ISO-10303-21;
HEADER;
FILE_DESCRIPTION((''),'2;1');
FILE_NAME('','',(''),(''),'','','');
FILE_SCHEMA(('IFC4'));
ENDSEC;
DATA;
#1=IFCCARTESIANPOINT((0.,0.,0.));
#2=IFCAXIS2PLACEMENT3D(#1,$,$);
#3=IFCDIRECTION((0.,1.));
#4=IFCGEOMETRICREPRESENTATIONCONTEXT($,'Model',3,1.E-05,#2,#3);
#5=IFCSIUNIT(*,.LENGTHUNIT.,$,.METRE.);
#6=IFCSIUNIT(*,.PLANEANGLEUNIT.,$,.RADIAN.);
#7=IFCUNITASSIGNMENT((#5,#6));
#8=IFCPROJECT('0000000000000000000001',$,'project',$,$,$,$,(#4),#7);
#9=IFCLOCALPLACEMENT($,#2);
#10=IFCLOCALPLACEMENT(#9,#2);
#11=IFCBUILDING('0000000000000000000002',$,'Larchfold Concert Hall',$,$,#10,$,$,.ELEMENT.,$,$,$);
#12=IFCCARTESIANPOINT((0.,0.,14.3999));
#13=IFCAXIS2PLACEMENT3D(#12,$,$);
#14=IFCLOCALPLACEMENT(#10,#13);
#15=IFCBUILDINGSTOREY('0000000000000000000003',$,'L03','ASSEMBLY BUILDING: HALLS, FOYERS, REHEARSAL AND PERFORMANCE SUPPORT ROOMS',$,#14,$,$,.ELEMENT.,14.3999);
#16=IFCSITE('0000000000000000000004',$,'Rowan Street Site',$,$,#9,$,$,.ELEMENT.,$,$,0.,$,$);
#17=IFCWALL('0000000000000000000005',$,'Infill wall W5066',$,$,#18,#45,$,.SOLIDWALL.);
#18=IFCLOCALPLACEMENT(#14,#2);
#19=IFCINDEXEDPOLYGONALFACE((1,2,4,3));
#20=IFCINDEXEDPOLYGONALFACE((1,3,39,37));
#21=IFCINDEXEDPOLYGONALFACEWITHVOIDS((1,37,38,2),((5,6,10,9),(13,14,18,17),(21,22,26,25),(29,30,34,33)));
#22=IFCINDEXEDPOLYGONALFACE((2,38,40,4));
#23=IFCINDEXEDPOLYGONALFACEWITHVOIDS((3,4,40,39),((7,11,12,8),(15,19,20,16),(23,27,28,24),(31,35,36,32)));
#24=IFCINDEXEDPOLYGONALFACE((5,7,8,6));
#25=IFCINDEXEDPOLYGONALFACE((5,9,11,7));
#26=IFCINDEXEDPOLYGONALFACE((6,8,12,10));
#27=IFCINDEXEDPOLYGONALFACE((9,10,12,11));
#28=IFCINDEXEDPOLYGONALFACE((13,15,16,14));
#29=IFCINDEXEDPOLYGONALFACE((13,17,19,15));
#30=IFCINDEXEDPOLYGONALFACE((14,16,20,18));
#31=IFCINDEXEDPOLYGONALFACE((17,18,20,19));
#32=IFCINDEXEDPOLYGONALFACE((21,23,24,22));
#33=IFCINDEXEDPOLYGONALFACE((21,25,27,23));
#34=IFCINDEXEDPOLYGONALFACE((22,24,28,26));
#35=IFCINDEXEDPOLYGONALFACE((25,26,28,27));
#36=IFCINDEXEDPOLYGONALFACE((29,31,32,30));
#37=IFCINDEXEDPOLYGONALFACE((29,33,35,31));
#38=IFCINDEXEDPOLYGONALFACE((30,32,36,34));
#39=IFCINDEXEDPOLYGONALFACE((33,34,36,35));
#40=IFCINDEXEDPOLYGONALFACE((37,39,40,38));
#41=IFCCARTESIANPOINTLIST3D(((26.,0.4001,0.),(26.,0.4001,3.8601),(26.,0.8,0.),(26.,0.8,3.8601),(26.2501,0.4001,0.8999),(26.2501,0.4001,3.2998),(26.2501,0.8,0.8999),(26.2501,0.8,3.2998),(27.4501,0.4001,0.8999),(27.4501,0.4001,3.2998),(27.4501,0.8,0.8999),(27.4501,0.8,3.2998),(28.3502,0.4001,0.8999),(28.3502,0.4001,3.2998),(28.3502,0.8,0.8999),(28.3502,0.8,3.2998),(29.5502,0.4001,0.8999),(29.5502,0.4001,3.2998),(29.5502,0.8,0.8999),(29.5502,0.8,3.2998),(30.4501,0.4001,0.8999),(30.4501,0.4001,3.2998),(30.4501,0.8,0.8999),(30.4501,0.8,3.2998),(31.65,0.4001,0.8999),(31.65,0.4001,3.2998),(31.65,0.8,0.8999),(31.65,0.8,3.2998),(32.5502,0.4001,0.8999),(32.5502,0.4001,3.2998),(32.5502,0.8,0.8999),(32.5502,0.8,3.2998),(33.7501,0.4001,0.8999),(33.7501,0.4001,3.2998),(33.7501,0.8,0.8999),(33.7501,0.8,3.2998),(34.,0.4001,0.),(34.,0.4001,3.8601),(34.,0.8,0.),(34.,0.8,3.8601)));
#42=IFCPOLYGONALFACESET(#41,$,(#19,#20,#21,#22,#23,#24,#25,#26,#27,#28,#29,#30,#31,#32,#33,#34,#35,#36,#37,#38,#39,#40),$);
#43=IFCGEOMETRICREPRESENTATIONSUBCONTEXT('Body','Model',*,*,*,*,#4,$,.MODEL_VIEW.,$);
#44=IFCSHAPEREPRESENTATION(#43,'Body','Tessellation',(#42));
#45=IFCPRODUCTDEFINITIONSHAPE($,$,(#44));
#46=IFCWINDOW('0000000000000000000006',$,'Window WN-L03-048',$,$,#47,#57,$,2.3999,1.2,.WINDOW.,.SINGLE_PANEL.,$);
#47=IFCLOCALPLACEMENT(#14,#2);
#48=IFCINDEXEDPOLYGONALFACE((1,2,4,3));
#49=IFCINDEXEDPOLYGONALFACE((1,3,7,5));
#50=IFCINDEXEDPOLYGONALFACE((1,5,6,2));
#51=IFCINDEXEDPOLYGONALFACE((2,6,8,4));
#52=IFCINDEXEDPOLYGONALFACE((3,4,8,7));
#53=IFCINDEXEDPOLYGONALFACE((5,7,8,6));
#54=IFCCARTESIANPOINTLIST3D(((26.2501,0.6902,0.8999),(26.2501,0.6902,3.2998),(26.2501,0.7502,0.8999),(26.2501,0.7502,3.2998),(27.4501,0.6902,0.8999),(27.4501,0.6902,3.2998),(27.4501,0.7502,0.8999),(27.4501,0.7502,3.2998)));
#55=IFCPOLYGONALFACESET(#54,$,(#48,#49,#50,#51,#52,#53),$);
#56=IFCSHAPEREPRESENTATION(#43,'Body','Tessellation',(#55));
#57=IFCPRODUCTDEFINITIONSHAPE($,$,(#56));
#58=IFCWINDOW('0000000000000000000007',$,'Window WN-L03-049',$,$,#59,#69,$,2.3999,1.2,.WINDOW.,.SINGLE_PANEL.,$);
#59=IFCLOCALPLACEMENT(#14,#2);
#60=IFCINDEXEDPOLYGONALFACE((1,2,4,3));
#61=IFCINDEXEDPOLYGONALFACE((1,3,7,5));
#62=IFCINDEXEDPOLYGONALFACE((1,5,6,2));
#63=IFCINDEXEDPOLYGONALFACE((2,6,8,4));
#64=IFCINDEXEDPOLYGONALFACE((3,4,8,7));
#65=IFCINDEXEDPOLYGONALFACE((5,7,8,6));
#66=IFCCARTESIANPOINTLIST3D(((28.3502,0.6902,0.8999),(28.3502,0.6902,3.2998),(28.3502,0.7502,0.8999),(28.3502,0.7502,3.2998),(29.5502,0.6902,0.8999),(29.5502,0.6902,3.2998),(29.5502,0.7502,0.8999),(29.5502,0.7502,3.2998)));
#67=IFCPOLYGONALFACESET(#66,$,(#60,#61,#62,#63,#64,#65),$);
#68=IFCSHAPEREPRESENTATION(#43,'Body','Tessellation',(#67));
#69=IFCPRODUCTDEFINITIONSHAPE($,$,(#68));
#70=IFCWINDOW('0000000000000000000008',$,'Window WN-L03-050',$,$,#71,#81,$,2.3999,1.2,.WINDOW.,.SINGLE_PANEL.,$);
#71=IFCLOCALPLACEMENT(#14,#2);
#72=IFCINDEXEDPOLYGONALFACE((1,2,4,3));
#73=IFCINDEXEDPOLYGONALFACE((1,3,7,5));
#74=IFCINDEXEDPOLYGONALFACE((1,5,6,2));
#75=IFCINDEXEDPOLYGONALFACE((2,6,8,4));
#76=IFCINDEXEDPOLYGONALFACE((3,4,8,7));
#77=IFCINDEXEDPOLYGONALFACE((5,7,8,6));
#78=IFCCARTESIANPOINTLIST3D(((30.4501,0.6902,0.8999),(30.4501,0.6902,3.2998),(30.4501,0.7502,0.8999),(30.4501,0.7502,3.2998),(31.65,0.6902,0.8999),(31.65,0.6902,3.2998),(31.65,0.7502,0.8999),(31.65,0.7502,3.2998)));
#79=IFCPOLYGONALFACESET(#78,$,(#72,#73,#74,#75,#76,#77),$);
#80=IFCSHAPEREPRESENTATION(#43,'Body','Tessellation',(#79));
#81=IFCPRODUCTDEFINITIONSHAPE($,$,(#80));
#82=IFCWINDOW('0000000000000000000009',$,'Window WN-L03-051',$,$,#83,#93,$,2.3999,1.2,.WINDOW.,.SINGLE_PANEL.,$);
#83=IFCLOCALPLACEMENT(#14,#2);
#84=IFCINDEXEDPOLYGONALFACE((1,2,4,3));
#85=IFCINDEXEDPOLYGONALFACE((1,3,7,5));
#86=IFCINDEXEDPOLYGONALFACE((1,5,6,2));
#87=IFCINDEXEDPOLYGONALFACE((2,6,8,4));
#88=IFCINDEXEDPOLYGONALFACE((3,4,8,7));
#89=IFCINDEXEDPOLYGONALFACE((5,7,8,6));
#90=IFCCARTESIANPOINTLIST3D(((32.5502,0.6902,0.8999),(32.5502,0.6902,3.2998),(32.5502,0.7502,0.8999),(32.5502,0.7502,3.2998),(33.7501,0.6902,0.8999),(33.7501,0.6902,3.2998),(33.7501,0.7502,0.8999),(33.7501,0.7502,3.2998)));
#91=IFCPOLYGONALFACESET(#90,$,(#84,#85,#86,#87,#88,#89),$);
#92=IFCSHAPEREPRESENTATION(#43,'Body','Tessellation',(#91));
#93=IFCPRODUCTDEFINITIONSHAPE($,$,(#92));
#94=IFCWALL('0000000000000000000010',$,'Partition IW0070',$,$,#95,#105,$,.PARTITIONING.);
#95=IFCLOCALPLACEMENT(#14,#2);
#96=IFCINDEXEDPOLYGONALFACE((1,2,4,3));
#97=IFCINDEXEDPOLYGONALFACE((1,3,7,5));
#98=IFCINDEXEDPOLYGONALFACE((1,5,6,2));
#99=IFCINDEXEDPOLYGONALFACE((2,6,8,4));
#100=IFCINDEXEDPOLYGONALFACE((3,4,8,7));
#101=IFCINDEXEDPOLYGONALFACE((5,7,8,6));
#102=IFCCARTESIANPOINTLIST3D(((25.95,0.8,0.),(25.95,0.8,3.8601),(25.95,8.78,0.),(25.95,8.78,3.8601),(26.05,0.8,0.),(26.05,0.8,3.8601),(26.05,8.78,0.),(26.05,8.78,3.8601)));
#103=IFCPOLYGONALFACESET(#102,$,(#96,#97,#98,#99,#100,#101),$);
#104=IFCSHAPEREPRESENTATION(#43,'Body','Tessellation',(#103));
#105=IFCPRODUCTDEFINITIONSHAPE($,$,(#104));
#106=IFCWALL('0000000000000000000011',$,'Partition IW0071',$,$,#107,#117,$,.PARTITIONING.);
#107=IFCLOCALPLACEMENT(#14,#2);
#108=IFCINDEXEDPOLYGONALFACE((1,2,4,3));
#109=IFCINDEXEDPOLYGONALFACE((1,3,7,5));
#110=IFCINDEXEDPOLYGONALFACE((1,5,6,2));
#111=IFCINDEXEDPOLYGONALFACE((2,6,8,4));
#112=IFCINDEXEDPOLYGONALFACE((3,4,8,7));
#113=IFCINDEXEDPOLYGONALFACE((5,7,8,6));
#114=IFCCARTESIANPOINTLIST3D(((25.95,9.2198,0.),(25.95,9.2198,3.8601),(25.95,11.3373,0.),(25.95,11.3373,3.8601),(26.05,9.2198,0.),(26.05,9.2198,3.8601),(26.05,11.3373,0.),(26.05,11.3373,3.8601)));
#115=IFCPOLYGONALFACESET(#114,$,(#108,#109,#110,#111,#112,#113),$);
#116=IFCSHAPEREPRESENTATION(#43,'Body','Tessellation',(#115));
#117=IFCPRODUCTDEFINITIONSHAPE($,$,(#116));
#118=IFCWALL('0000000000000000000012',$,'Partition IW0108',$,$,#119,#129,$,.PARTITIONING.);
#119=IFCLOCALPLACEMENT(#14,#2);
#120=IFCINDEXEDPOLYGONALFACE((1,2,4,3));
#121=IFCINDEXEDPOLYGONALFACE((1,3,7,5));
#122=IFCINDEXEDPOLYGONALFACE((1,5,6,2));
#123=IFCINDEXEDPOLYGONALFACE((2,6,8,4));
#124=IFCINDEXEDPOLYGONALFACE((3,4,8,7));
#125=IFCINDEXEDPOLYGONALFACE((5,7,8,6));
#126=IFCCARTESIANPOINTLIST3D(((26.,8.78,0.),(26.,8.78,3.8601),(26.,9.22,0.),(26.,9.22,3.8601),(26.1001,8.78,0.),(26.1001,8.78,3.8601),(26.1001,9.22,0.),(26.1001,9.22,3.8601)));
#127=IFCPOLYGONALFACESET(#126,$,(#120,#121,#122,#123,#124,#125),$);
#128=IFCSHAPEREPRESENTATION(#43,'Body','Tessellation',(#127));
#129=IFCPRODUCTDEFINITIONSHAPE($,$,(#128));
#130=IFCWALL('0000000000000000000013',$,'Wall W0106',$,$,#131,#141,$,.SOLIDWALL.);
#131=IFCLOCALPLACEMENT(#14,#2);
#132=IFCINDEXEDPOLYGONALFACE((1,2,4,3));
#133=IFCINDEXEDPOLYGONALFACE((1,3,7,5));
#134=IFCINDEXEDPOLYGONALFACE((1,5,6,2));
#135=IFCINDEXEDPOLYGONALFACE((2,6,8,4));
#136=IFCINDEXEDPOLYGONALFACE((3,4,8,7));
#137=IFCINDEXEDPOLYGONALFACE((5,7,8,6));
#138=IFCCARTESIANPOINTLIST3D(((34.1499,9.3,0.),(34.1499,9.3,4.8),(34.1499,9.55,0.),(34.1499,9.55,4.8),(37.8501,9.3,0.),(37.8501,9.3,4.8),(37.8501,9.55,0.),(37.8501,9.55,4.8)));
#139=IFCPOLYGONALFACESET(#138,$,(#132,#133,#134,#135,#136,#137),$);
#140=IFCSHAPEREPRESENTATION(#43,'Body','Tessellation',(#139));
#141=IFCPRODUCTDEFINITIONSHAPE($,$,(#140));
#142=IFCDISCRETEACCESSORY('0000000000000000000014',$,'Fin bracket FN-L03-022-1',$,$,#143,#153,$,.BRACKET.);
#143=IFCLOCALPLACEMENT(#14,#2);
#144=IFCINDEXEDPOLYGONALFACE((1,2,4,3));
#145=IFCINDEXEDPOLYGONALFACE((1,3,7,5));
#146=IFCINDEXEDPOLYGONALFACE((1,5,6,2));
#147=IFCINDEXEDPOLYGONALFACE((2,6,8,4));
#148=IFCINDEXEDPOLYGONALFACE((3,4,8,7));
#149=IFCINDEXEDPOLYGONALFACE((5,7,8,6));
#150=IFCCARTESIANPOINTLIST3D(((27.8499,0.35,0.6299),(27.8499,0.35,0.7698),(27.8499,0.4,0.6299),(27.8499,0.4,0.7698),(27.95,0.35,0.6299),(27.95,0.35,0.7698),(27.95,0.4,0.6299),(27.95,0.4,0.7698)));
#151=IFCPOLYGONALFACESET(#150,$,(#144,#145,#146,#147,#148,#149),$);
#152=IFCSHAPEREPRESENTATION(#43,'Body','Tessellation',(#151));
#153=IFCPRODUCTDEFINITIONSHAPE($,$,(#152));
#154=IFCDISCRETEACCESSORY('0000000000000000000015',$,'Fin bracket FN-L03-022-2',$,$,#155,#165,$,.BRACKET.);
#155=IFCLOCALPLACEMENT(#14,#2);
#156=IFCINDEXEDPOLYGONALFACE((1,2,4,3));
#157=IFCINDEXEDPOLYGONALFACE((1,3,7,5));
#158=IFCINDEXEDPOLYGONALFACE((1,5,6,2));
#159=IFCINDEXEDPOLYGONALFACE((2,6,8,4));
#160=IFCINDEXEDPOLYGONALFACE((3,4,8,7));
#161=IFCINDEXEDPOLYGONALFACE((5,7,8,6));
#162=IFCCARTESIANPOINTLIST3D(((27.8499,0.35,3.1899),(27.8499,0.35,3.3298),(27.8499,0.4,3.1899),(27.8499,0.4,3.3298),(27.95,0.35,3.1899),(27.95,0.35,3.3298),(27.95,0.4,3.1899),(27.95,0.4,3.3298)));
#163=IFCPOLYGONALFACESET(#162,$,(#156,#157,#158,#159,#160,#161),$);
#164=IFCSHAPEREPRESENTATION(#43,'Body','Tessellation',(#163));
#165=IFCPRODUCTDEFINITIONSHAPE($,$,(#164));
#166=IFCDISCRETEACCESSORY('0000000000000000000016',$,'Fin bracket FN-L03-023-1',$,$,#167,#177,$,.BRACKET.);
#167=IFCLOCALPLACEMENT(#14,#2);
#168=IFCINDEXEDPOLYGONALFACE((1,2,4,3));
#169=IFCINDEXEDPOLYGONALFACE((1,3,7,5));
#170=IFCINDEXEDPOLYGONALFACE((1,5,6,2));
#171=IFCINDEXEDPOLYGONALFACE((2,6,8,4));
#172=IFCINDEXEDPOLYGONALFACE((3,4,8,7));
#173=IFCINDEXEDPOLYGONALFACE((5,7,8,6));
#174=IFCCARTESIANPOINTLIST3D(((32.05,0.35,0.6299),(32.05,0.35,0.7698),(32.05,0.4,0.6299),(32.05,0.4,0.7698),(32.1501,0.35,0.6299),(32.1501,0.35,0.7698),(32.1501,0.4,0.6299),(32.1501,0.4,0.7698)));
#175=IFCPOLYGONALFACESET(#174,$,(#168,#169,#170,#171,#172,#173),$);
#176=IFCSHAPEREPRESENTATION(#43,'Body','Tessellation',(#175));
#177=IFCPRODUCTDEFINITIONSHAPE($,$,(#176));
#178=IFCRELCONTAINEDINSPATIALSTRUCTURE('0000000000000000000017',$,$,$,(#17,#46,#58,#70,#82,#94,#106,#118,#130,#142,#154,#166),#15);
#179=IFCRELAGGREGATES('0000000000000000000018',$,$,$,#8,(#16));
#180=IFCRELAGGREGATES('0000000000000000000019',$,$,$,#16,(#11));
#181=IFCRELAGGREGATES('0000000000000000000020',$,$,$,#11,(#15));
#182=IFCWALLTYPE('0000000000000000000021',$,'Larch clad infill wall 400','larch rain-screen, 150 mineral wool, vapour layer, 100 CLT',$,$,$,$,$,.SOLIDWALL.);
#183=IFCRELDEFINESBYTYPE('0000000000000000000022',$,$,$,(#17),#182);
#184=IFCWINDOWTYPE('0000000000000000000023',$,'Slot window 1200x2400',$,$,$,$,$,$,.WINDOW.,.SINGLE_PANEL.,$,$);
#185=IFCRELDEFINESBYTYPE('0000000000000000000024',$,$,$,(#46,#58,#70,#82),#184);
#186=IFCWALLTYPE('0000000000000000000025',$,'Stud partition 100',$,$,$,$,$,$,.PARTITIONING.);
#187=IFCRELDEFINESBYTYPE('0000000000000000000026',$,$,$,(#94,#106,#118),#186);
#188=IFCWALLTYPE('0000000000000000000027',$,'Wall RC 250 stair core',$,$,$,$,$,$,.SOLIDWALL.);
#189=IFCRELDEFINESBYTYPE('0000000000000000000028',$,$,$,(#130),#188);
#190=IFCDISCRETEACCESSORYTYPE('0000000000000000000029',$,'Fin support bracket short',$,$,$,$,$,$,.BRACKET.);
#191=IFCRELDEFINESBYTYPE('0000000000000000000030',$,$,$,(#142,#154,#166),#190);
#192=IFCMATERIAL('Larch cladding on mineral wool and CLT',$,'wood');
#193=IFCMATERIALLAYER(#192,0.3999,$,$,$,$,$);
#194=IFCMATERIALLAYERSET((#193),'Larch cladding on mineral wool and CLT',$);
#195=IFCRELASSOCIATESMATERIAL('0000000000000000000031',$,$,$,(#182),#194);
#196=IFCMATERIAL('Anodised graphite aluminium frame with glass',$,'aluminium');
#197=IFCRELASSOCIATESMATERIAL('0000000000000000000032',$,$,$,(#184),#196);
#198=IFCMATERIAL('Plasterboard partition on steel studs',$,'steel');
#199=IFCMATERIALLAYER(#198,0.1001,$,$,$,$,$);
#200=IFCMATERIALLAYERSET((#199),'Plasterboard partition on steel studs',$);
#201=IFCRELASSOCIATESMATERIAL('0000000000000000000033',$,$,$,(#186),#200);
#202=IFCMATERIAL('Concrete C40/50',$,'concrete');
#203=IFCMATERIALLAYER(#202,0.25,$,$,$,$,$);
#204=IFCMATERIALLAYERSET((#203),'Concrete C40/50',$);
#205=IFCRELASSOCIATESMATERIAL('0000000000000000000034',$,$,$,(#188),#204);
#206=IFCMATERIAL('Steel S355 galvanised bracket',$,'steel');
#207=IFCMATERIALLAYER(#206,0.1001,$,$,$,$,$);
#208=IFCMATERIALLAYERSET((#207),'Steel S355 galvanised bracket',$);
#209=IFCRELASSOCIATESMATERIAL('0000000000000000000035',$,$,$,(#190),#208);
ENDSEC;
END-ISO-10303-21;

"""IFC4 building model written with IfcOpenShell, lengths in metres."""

from ifc_helpers import new_model, si_unit, direction, frame, frame_2d, origin, origin_2d, place, context, subcontext, project, spatial, rectangle, extrude, material, layer, layer_set, type_object, element, fill, save


model = new_model("IFC4")

# Units and contexts
model_context = context("Model", 3, precision=1e-05, world=origin(), true_north=direction((0.0, 1.0)))
body_context = subcontext(model_context, "Body", "Model", "MODEL_VIEW")
ifc_project = project(units=[si_unit("LENGTHUNIT", "METRE"), si_unit("PLANEANGLEUNIT", "RADIAN")], contexts=[model_context])

# Site, building, storey
site_placement = place(None, origin())
site = spatial("IfcSite", under=ifc_project, at=site_placement, Name="Rowan Street Site", CompositionType="ELEMENT", RefElevation=0.0)
building_placement = place(site_placement, origin())
building = spatial("IfcBuilding", under=site, at=building_placement, Name="Larchfold Concert Hall", CompositionType="ELEMENT")
storey_placement = place(building_placement, frame((0.0, 0.0, 14.3999)))
storey = spatial("IfcBuildingStorey", under=building, at=storey_placement, Name="L03", Description="ASSEMBLY BUILDING: HALLS, FOYERS, REHEARSAL AND PERFORMANCE SUPPORT ROOMS", CompositionType="ELEMENT", Elevation=14.3999)

# Wall, openings, windows
ifc_material_1 = material(Name="Larch cladding on mineral wool and CLT", Category="wood")
ifc_layer_1 = layer(ifc_material_1, 0.3999)
ifc_layer_set_1 = layer_set([ifc_layer_1], Name="Larch cladding on mineral wool and CLT")
wall_type_1 = type_object("IfcWallType", Name="Larch clad infill wall 400", Description="larch rain-screen, 150 mineral wool, vapour layer, 100 CLT", PredefinedType="SOLIDWALL", material=ifc_layer_set_1)
wall_1_placement = place(storey_placement, frame((26.0, 0.6001, 0.0), z_axis=(0.0, 0.0, 1.0), x_axis=(1.0, 0.0, 0.0)))
wall_1 = element("IfcWall", 1, at=wall_1_placement, inside=storey, type_object=wall_type_1, Name="Infill wall W5066", PredefinedType="SOLIDWALL", context=body_context, shape_type="SweptSolid", body=[
    extrude(rectangle(XDim=8.0, YDim=0.3999, at=frame_2d((4.0, 0.0))), origin(), (0.0, 0.0, 1.0), 3.8601),
])
opening_1_placement = place(wall_1_placement, frame((0.25, 0.0, 0.8999)))
opening_1 = element("IfcOpeningElement", 2, at=opening_1_placement, cuts=wall_1, PredefinedType="OPENING", context=body_context, shape_type="SweptSolid", body=[
    extrude(rectangle(XDim=1.2, YDim=2.3999, at=frame_2d((0.6001, 1.2))), frame((0.0, 0.21, 0.0), z_axis=(0.0, -1.0, 0.0), x_axis=(1.0, 0.0, 0.0)), (0.0, 0.0, 1.0), 0.4199),
])
opening_2_placement = place(wall_1_placement, frame((2.3501, 0.0, 0.8999)))
opening_2 = element("IfcOpeningElement", 3, at=opening_2_placement, cuts=wall_1, PredefinedType="OPENING", context=body_context, shape_type="SweptSolid", body=[
    extrude(rectangle(XDim=1.2, YDim=2.3999, at=frame_2d((0.6001, 1.2))), frame((0.0, 0.21, 0.0), z_axis=(0.0, -1.0, 0.0), x_axis=(1.0, 0.0, 0.0)), (0.0, 0.0, 1.0), 0.4199),
])
opening_3_placement = place(wall_1_placement, frame((4.45, 0.0, 0.8999)))
opening_3 = element("IfcOpeningElement", 4, at=opening_3_placement, cuts=wall_1, PredefinedType="OPENING", context=body_context, shape_type="SweptSolid", body=[
    extrude(rectangle(XDim=1.2, YDim=2.3999, at=frame_2d((0.6001, 1.2))), frame((0.0, 0.21, 0.0), z_axis=(0.0, -1.0, 0.0), x_axis=(1.0, 0.0, 0.0)), (0.0, 0.0, 1.0), 0.4199),
])
opening_4_placement = place(wall_1_placement, frame((6.55, 0.0, 0.8999)))
opening_4 = element("IfcOpeningElement", 5, at=opening_4_placement, cuts=wall_1, PredefinedType="OPENING", context=body_context, shape_type="SweptSolid", body=[
    extrude(rectangle(XDim=1.2, YDim=2.3999, at=frame_2d((0.6001, 1.2))), frame((0.0, 0.21, 0.0), z_axis=(0.0, -1.0, 0.0), x_axis=(1.0, 0.0, 0.0)), (0.0, 0.0, 1.0), 0.4199),
])
ifc_material_2 = material(Name="Anodised graphite aluminium frame with glass", Category="aluminium")
window_type = type_object("IfcWindowType", Name="Slot window 1200x2400", PartitioningType="SINGLE_PANEL", PredefinedType="WINDOW", material=ifc_material_2)
window_1_placement = place(opening_1_placement, origin())
window_1 = element("IfcWindow", 6, at=window_1_placement, inside=storey, type_object=window_type, Name="Window WN-L03-048", OverallHeight=2.3999, OverallWidth=1.2, PartitioningType="SINGLE_PANEL", PredefinedType="WINDOW", context=body_context, shape_type="SweptSolid", body=[
    extrude(rectangle(XDim=1.2, YDim=2.3999, at=frame_2d((0.6001, 1.2))), frame((0.0, 0.1501, 0.0), z_axis=(0.0, -1.0, 0.0), x_axis=(1.0, 0.0, 0.0)), (0.0, 0.0, 1.0), 0.0601),
])
fill(opening_1, window_1)
window_2_placement = place(opening_2_placement, origin())
window_2 = element("IfcWindow", 7, at=window_2_placement, inside=storey, type_object=window_type, Name="Window WN-L03-049", OverallHeight=2.3999, OverallWidth=1.2, PartitioningType="SINGLE_PANEL", PredefinedType="WINDOW", context=body_context, shape_type="SweptSolid", body=[
    extrude(rectangle(XDim=1.2, YDim=2.3999, at=frame_2d((0.6001, 1.2))), frame((0.0, 0.1501, 0.0), z_axis=(0.0, -1.0, 0.0), x_axis=(1.0, 0.0, 0.0)), (0.0, 0.0, 1.0), 0.0601),
])
fill(opening_2, window_2)
window_3_placement = place(opening_3_placement, origin())
window_3 = element("IfcWindow", 8, at=window_3_placement, inside=storey, type_object=window_type, Name="Window WN-L03-050", OverallHeight=2.3999, OverallWidth=1.2, PartitioningType="SINGLE_PANEL", PredefinedType="WINDOW", context=body_context, shape_type="SweptSolid", body=[
    extrude(rectangle(XDim=1.2, YDim=2.3999, at=frame_2d((0.6001, 1.2))), frame((0.0, 0.1501, 0.0), z_axis=(0.0, -1.0, 0.0), x_axis=(1.0, 0.0, 0.0)), (0.0, 0.0, 1.0), 0.0601),
])
fill(opening_3, window_3)
window_4_placement = place(opening_4_placement, origin())
window_4 = element("IfcWindow", 9, at=window_4_placement, inside=storey, type_object=window_type, Name="Window WN-L03-051", OverallHeight=2.3999, OverallWidth=1.2, PartitioningType="SINGLE_PANEL", PredefinedType="WINDOW", context=body_context, shape_type="SweptSolid", body=[
    extrude(rectangle(XDim=1.2, YDim=2.3999, at=frame_2d((0.6001, 1.2))), frame((0.0, 0.1501, 0.0), z_axis=(0.0, -1.0, 0.0), x_axis=(1.0, 0.0, 0.0)), (0.0, 0.0, 1.0), 0.0601),
])
fill(opening_4, window_4)

# Walls
ifc_material_3 = material(Name="Plasterboard partition on steel studs", Category="steel")
ifc_layer_2 = layer(ifc_material_3, 0.1001)
ifc_layer_set_2 = layer_set([ifc_layer_2], Name="Plasterboard partition on steel studs")
wall_type_2 = type_object("IfcWallType", Name="Stud partition 100", PredefinedType="PARTITIONING", material=ifc_layer_set_2)
wall_2_placement = place(storey_placement, frame((26.0, 0.8, 0.0), z_axis=(0.0, 0.0, 1.0), x_axis=(0.0, 1.0, 0.0)))
element("IfcWall", 10, at=wall_2_placement, inside=storey, type_object=wall_type_2, Name="Partition IW0070", PredefinedType="PARTITIONING", context=body_context, shape_type="SweptSolid", body=[
    extrude(rectangle(XDim=7.98, YDim=0.1001, at=frame_2d((3.99, 0.0))), origin(), (0.0, 0.0, 1.0), 3.8601),
])
wall_3_placement = place(storey_placement, frame((26.0, 9.22, 0.0), z_axis=(0.0, 0.0, 1.0), x_axis=(0.0, 1.0, 0.0)))
element("IfcWall", 11, at=wall_3_placement, inside=storey, type_object=wall_type_2, Name="Partition IW0071", PredefinedType="PARTITIONING", context=body_context, shape_type="SweptSolid", body=[
    extrude(rectangle(XDim=2.1174, YDim=0.1001, at=frame_2d((1.0586, 0.0))), origin(), (0.0, 0.0, 1.0), 3.8601),
])
wall_4_placement = place(storey_placement, frame((26.05, 8.78, 0.0), z_axis=(0.0, 0.0, 1.0), x_axis=(0.0, 1.0, 0.0)))
element("IfcWall", 12, at=wall_4_placement, inside=storey, type_object=wall_type_2, Name="Partition IW0108", PredefinedType="PARTITIONING", context=body_context, shape_type="SweptSolid", body=[
    extrude(rectangle(XDim=0.4399, YDim=0.1001, at=frame_2d((0.22, 0.0))), origin(), (0.0, 0.0, 1.0), 3.8601),
])
ifc_material_4 = material(Name="Concrete C40/50", Category="concrete")
ifc_layer_3 = layer(ifc_material_4, 0.25)
ifc_layer_set_3 = layer_set([ifc_layer_3], Name="Concrete C40/50")
wall_type_3 = type_object("IfcWallType", Name="Wall RC 250 stair core", PredefinedType="SOLIDWALL", material=ifc_layer_set_3)
wall_5_placement = place(storey_placement, frame((34.1499, 9.425, 0.0), z_axis=(0.0, 0.0, 1.0), x_axis=(1.0, 0.0, 0.0)))
element("IfcWall", 13, at=wall_5_placement, inside=storey, type_object=wall_type_3, Name="Wall W0106", PredefinedType="SOLIDWALL", context=body_context, shape_type="SweptSolid", body=[
    extrude(rectangle(XDim=3.7002, YDim=0.25, at=frame_2d((1.8501, 0.0))), origin(), (0.0, 0.0, 1.0), 4.8),
])

# Discrete accessories
ifc_material_5 = material(Name="Steel S355 galvanised bracket", Category="steel")
ifc_layer_4 = layer(ifc_material_5, 0.1001)
ifc_layer_set_4 = layer_set([ifc_layer_4], Name="Steel S355 galvanised bracket")
discrete_accessory_type = type_object("IfcDiscreteAccessoryType", Name="Fin support bracket short", PredefinedType="BRACKET", material=ifc_layer_set_4)
for number, where, z_axis, x_axis, name in (
    (14, (27.8999, 0.375, 0.6299), (0.0, 0.0, 1.0), (0.0, -1.0, 0.0), "Fin bracket FN-L03-022-1"),
    (15, (27.8999, 0.375, 3.1899), (0.0, 0.0, 1.0), (0.0, -1.0, 0.0), "Fin bracket FN-L03-022-2"),
    (16, (32.1001, 0.375, 0.6299), (0.0, 0.0, 1.0), (0.0, -1.0, 0.0), "Fin bracket FN-L03-023-1"),
):
    element("IfcDiscreteAccessory", number, at=place(storey_placement, frame(where, z_axis=z_axis, x_axis=x_axis)), inside=storey, type_object=discrete_accessory_type, Name=name, PredefinedType="BRACKET", context=body_context, shape_type="SweptSolid", body=[
        extrude(rectangle(XDim=0.05, YDim=0.1001, at=origin_2d()), origin(), (0.0, 0.0, 1.0), 0.1399),
    ])

save(model, "model.ifc")
